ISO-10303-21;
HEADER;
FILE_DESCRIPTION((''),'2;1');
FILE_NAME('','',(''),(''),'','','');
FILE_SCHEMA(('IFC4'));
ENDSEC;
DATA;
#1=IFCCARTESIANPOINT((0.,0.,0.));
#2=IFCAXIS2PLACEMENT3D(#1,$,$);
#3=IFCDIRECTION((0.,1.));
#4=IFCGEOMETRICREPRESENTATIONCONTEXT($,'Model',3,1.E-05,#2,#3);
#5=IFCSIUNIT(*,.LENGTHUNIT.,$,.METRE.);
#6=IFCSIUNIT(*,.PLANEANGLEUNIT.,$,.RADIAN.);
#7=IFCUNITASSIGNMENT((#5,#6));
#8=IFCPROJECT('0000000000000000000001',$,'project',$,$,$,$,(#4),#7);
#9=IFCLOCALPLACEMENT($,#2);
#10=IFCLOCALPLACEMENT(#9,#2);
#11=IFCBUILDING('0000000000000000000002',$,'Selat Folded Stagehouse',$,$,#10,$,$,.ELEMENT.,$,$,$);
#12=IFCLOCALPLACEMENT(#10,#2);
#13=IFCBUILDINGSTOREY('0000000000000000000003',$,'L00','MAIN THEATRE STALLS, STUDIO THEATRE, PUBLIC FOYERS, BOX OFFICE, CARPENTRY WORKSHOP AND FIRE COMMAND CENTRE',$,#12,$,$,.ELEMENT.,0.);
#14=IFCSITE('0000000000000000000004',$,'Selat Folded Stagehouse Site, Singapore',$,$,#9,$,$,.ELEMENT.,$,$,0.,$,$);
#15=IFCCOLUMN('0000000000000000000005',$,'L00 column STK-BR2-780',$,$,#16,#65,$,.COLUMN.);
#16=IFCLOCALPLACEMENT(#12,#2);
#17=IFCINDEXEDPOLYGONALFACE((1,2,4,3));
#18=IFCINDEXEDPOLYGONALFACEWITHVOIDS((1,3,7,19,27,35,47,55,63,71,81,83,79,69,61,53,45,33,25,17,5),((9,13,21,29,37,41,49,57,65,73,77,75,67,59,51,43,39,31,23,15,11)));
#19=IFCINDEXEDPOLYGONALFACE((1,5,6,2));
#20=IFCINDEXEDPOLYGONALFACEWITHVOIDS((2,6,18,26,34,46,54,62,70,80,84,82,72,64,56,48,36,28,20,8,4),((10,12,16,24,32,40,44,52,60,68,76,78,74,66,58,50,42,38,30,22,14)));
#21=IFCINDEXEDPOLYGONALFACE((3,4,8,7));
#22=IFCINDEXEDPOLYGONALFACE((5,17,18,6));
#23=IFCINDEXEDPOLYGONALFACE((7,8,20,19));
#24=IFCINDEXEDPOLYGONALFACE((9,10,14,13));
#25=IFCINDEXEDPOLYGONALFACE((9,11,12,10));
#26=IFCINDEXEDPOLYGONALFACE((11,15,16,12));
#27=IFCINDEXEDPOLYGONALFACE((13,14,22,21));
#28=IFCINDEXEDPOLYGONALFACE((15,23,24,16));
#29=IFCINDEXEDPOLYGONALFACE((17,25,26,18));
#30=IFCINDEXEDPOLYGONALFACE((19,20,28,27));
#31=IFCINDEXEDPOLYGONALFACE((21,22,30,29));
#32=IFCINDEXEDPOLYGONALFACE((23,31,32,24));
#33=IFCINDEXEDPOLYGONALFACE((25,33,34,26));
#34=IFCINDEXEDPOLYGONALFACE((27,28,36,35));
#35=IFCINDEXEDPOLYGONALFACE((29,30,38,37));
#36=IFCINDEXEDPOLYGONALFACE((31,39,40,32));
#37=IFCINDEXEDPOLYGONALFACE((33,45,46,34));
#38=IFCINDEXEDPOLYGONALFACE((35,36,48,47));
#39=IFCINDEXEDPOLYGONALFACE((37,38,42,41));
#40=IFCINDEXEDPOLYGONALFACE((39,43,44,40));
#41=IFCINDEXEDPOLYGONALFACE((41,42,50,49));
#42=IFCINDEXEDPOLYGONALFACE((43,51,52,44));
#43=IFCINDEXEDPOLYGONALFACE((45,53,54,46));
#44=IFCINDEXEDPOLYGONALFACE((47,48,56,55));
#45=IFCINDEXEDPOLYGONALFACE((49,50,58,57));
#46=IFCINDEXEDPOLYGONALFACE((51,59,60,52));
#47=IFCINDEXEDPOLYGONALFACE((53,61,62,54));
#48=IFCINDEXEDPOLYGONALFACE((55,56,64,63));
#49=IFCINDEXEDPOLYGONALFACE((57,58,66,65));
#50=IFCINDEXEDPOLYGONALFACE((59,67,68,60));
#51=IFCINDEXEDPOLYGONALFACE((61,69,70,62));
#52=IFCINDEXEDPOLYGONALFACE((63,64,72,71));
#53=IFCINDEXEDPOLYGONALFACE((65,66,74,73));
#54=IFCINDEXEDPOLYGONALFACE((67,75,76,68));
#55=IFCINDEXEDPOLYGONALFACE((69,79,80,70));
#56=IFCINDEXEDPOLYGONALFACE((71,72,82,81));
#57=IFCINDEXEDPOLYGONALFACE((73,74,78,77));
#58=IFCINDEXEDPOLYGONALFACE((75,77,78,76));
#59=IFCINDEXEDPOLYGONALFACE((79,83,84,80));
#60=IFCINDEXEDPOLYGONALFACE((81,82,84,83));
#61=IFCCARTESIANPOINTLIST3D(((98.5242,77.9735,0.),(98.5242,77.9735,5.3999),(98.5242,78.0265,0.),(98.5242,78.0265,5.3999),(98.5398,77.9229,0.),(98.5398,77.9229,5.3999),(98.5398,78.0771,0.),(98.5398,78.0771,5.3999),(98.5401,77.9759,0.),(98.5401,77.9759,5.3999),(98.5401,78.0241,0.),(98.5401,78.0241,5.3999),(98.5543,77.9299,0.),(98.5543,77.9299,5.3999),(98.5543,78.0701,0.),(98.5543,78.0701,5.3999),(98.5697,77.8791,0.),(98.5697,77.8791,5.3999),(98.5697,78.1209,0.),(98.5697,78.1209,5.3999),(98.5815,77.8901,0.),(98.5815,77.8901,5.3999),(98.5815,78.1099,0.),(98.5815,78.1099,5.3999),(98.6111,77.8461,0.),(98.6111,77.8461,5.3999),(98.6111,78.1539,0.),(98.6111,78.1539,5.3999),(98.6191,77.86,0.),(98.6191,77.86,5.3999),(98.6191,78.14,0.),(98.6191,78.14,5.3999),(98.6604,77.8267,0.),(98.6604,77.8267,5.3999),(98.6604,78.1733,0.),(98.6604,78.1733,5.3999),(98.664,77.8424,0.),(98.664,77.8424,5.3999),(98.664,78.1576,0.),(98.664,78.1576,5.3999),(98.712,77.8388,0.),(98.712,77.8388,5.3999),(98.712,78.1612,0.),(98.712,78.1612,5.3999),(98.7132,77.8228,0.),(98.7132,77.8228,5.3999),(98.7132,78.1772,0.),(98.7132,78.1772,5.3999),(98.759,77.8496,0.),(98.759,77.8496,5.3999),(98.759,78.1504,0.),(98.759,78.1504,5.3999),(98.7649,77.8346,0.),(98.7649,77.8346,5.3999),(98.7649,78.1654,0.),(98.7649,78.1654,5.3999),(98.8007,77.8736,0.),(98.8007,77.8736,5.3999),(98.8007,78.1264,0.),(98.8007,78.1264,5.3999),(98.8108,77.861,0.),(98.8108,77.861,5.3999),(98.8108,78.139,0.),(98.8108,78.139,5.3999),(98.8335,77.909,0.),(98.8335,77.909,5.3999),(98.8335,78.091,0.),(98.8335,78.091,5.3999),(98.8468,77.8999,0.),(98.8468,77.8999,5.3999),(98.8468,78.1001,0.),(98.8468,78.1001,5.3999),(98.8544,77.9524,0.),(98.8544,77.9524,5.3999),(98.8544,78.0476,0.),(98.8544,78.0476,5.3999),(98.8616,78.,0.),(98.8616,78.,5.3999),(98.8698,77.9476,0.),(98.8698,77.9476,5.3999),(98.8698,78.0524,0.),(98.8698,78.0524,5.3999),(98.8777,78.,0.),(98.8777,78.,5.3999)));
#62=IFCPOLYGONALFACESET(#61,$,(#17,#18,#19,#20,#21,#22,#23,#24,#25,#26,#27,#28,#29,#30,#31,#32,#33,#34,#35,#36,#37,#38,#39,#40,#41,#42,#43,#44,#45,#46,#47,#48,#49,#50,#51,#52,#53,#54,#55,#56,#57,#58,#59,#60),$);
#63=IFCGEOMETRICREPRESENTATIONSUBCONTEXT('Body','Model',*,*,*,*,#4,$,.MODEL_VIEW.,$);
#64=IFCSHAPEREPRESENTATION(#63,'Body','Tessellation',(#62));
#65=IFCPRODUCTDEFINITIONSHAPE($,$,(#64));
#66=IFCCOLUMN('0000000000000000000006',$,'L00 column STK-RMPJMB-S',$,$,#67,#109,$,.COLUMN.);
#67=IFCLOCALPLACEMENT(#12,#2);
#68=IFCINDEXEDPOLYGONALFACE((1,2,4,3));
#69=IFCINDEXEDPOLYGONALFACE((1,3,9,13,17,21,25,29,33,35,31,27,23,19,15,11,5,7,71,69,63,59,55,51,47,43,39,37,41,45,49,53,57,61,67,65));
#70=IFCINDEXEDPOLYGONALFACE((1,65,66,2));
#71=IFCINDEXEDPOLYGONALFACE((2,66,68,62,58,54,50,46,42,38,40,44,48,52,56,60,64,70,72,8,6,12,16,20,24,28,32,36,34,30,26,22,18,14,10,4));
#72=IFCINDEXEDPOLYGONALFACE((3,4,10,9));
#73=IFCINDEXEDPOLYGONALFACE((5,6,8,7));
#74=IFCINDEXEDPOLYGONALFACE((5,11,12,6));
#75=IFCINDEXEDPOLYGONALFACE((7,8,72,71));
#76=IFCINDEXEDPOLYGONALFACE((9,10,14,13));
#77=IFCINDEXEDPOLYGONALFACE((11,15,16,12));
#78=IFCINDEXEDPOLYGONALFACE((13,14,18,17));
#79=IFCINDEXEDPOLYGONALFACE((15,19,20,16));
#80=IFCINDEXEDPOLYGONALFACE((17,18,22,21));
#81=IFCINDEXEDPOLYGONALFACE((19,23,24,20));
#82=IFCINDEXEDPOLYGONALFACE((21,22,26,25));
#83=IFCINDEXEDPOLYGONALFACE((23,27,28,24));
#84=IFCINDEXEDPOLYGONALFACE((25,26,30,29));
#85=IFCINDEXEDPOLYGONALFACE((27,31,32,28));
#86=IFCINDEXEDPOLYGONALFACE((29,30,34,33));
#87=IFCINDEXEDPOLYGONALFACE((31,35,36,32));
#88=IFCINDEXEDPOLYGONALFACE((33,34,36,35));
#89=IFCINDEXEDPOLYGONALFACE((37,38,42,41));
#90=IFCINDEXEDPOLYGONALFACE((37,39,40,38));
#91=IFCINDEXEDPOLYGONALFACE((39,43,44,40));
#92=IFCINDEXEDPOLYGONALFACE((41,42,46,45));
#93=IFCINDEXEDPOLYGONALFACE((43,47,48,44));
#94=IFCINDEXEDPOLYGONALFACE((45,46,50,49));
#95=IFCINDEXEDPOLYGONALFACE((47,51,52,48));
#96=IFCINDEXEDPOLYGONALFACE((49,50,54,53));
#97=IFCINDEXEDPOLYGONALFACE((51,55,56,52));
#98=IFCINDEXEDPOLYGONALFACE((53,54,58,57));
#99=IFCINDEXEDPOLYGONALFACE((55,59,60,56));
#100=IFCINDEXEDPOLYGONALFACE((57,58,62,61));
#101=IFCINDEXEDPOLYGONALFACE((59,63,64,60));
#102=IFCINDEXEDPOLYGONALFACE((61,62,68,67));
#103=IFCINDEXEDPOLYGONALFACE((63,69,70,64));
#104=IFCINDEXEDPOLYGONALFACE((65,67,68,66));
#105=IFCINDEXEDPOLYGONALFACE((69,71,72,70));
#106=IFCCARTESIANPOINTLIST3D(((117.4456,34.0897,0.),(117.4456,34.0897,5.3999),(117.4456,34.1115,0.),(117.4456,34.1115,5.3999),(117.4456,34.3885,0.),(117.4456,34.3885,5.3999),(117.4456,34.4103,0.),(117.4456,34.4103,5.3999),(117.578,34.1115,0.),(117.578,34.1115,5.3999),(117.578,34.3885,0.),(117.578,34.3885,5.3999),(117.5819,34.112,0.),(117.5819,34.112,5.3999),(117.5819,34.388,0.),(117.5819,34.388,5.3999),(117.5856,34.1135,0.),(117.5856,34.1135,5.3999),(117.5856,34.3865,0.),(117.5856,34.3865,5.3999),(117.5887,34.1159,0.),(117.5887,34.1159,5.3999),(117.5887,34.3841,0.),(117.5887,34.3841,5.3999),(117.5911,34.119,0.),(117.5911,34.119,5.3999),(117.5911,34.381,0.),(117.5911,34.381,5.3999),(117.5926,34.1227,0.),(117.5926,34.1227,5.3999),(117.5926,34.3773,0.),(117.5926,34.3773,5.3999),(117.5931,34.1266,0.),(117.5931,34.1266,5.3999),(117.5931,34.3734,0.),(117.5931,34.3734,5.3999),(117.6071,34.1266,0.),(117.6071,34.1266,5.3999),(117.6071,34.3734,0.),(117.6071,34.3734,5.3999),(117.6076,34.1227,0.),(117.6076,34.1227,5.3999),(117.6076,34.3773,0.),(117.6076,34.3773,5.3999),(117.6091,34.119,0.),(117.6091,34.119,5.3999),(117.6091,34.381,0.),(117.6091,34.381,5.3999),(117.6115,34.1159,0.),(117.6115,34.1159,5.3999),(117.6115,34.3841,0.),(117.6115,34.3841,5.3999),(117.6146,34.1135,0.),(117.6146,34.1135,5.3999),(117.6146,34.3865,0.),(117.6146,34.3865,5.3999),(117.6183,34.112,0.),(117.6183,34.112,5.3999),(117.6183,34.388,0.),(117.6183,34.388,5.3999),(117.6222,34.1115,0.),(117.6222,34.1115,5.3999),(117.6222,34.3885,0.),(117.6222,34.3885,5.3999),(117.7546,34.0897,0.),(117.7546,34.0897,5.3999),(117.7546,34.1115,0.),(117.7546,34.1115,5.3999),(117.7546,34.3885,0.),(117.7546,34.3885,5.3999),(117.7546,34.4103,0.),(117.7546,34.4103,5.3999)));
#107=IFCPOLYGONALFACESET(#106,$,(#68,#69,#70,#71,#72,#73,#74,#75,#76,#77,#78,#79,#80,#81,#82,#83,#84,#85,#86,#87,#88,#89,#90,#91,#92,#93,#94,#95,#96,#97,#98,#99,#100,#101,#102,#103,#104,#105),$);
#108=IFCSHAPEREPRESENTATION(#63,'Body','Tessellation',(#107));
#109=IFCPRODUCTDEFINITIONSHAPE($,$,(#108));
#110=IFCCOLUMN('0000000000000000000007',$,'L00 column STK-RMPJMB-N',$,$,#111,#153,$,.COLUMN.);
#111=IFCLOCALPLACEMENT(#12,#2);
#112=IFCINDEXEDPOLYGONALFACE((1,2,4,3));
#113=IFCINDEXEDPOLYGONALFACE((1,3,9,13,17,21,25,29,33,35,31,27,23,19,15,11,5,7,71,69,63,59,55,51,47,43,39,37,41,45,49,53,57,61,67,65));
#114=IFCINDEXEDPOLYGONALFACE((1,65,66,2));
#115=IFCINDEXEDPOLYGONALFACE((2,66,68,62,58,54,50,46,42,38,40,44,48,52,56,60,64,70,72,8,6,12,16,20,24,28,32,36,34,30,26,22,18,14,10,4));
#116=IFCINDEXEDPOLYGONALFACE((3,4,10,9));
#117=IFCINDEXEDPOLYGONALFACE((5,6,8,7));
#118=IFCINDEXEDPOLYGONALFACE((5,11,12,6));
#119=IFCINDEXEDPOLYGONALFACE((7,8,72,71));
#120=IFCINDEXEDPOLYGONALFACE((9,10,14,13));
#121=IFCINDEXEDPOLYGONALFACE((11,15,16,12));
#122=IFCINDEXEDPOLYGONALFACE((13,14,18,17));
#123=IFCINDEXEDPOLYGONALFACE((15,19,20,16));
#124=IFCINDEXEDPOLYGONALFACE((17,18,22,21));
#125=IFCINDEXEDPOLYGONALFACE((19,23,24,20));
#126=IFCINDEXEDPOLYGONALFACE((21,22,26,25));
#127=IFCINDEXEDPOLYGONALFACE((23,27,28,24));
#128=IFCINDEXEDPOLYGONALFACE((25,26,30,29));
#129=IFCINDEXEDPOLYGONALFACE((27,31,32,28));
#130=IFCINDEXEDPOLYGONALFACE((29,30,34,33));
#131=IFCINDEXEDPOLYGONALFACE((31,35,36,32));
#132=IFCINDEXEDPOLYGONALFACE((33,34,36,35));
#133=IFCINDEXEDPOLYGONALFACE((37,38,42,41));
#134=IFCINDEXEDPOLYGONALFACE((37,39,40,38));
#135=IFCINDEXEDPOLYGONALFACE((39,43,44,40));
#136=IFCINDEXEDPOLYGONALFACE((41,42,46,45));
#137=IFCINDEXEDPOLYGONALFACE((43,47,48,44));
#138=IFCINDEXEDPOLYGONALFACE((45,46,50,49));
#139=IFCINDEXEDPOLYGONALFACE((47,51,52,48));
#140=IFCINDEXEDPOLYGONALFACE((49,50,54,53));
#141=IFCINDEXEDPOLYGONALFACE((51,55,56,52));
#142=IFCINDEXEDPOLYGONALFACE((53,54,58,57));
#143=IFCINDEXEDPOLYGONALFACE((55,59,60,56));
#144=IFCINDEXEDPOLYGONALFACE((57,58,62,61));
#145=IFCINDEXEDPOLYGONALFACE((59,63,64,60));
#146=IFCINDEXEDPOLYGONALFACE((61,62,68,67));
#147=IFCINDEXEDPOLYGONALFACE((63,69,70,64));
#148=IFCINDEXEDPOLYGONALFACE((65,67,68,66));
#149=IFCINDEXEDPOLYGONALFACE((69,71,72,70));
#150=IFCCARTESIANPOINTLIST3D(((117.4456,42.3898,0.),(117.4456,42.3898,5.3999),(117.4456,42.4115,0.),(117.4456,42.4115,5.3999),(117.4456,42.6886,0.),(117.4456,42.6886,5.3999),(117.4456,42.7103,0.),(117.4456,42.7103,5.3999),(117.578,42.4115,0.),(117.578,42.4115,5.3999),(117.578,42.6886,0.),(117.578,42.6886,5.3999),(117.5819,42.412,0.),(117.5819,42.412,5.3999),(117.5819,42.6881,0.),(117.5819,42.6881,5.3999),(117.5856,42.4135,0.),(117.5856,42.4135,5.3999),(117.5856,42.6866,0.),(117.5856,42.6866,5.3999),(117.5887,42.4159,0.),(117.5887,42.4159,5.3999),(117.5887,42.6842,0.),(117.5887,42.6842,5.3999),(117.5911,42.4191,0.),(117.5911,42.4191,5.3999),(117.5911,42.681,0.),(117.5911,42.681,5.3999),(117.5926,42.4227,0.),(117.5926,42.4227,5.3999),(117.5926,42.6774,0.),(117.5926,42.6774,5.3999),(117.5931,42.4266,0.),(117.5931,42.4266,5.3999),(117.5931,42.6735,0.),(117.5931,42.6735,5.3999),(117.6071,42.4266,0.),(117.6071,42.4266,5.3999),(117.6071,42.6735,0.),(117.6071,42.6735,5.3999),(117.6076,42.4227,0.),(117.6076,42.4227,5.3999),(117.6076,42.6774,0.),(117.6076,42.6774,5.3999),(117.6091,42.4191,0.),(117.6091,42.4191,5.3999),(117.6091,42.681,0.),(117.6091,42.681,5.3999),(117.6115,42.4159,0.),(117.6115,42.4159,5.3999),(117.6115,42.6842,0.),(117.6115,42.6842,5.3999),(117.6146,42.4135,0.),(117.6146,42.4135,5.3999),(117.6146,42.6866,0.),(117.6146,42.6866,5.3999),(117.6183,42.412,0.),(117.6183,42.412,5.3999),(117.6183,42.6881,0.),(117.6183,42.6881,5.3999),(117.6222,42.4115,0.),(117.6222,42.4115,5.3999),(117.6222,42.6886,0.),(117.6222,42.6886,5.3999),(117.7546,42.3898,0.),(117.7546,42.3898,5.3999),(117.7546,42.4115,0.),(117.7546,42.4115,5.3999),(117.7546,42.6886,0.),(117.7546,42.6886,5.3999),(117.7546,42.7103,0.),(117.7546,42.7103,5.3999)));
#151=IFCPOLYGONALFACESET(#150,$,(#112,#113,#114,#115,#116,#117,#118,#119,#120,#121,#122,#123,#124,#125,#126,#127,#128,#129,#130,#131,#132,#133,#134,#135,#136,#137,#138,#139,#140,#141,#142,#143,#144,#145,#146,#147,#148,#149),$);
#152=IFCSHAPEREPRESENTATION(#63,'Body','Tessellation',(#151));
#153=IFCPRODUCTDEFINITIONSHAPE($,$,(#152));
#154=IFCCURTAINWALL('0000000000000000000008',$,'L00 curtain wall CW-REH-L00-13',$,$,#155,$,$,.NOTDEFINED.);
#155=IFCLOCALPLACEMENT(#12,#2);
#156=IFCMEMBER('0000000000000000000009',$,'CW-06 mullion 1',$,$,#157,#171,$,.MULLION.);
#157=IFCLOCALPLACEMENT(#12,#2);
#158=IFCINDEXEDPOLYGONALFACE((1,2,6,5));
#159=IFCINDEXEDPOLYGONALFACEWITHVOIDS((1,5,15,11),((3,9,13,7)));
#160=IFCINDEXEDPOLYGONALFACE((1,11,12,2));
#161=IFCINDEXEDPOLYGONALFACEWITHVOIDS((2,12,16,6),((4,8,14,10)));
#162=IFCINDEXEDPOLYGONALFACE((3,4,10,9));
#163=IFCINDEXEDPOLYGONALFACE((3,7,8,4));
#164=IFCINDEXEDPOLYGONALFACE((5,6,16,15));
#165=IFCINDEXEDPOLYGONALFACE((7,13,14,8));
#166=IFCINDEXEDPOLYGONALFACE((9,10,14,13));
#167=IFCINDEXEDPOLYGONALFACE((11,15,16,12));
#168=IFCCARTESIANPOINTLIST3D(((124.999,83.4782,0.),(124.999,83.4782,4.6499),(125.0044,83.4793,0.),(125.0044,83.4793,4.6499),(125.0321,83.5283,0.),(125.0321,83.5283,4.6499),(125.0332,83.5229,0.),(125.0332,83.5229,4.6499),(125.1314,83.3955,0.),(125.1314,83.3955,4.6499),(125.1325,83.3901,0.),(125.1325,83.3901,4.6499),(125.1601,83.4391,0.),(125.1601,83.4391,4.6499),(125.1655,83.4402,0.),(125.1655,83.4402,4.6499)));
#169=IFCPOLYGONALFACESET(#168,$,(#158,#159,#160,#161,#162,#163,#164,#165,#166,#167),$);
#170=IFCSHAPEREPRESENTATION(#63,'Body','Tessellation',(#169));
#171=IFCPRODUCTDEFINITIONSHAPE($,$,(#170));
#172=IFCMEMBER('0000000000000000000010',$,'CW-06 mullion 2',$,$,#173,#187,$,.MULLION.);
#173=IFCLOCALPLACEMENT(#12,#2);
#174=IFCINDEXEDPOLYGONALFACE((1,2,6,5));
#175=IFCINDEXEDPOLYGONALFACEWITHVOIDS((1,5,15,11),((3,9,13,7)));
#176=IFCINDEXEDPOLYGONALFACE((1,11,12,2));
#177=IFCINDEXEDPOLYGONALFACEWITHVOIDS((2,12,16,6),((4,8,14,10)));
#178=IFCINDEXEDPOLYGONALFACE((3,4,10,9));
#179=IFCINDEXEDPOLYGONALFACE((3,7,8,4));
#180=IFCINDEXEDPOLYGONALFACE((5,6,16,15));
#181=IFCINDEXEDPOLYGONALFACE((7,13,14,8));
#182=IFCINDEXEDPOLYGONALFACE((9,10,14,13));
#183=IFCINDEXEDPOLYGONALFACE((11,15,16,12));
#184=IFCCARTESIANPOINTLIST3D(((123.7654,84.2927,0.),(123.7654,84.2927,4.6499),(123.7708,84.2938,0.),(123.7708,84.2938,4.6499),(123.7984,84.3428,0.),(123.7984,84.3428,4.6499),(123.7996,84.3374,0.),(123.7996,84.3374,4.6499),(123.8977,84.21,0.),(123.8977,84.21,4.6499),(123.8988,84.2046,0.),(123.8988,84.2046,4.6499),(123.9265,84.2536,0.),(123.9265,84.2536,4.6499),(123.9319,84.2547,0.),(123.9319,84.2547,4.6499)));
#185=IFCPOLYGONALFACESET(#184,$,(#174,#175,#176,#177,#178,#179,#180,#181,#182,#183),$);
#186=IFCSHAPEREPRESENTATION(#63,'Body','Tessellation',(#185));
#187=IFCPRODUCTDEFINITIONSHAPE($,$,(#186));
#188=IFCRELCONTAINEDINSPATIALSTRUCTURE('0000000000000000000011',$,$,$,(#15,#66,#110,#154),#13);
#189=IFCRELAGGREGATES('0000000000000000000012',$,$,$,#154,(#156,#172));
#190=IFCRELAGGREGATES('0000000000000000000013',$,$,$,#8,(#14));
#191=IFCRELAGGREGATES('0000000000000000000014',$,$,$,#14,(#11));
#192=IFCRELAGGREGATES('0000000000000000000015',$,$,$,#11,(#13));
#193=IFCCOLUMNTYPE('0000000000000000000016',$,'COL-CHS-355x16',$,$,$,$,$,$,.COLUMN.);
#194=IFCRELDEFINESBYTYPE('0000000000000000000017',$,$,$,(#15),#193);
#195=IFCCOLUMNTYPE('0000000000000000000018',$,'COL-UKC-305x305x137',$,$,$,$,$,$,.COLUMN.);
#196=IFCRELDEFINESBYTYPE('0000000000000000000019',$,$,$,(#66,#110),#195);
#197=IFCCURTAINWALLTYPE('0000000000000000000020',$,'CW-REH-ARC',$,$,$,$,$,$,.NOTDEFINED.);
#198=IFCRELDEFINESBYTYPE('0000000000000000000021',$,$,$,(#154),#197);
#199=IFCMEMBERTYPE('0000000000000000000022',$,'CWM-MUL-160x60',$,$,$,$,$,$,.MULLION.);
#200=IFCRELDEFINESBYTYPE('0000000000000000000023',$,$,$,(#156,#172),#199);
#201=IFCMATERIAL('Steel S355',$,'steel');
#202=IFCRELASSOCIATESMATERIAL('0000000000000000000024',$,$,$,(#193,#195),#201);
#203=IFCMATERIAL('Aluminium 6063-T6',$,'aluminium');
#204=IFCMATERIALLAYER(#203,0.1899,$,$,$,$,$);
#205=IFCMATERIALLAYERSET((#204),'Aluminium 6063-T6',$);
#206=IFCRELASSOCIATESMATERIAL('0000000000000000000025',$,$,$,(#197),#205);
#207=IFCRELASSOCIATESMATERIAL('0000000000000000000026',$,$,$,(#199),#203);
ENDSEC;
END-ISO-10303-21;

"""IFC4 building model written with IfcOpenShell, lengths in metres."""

from ifc_helpers import new_model, si_unit, direction, frame, origin, origin_2d, place, context, subcontext, project, spatial, hollow_rectangle, hollow_circle, i_section, extrude, material, layer, layer_set, material_profile, profile_set, type_object, element, aggregate, save


model = new_model("IFC4")

# Units and contexts
model_context = context("Model", 3, precision=1e-05, world=origin(), true_north=direction((0.0, 1.0)))
body_context = subcontext(model_context, "Body", "Model", "MODEL_VIEW")
ifc_project = project(units=[si_unit("LENGTHUNIT", "METRE"), si_unit("PLANEANGLEUNIT", "RADIAN")], contexts=[model_context])

# Site, building, storey
site_placement = place(None, origin())
site = spatial("IfcSite", under=ifc_project, at=site_placement, Name="Selat Folded Stagehouse Site, Singapore", CompositionType="ELEMENT", RefElevation=0.0)
building_placement = place(site_placement, origin())
building = spatial("IfcBuilding", under=site, at=building_placement, Name="Selat Folded Stagehouse", CompositionType="ELEMENT")
storey_placement = place(building_placement, origin())
storey = spatial("IfcBuildingStorey", under=building, at=storey_placement, Name="L00", Description="MAIN THEATRE STALLS, STUDIO THEATRE, PUBLIC FOYERS, BOX OFFICE, CARPENTRY WORKSHOP AND FIRE COMMAND CENTRE", CompositionType="ELEMENT", Elevation=0.0)

# Columns
ifc_material_1 = material(Name="Steel S355", Category="steel")
ifc_material_profile_1 = material_profile(ifc_material_1, hollow_circle(Radius=0.1777, WallThickness=0.0161, at=origin_2d()), Name="CHS 355.6x16.0")
ifc_profile_set_1 = profile_set([ifc_material_profile_1], Name="Steel S355")
column_type_1 = type_object("IfcColumnType", Name="COL-CHS-355x16", PredefinedType="COLUMN", material=ifc_profile_set_1)
for number, where, z_axis, x_axis, name in (
    (1, (98.7, 78.0, 0.0), (0.0, 0.0, 1.0), (1.0, 0.0, 0.0), "L00 column STK-BR2-780"),
):
    element("IfcColumn", number, at=place(storey_placement, frame(where, z_axis=z_axis, x_axis=x_axis)), inside=storey, type_object=column_type_1, Name=name, PredefinedType="COLUMN", context=body_context, shape_type="SweptSolid", body=[
        extrude(hollow_circle(Radius=0.1777, WallThickness=0.0161, at=origin_2d()), origin(), (0.0, 0.0, 1.0), 5.3999),
    ])
ifc_material_profile_2 = material_profile(ifc_material_1, i_section(OverallWidth=0.3091, OverallDepth=0.3206, WebThickness=0.0139, FlangeThickness=0.0217, FilletRadius=0.0151, at=origin_2d()), Name="UKC 305x305x137")
ifc_profile_set_2 = profile_set([ifc_material_profile_2], Name="Steel S355")
column_type_2 = type_object("IfcColumnType", Name="COL-UKC-305x305x137", PredefinedType="COLUMN", material=ifc_profile_set_2)
for number, where, z_axis, x_axis, name in (
    (2, (117.6001, 34.25, 0.0), (0.0, 0.0, 1.0), (1.0, 0.0, 0.0), "L00 column STK-RMPJMB-S"),
    (3, (117.6001, 42.55, 0.0), (0.0, 0.0, 1.0), (1.0, 0.0, 0.0), "L00 column STK-RMPJMB-N"),
):
    element("IfcColumn", number, at=place(storey_placement, frame(where, z_axis=z_axis, x_axis=x_axis)), inside=storey, type_object=column_type_2, Name=name, PredefinedType="COLUMN", context=body_context, shape_type="SweptSolid", body=[
        extrude(i_section(OverallWidth=0.3091, OverallDepth=0.3206, WebThickness=0.0139, FlangeThickness=0.0217, FilletRadius=0.0151, at=origin_2d()), origin(), (0.0, 0.0, 1.0), 5.3999),
    ])

# Curtain wall, members
ifc_material_2 = material(Name="Aluminium 6063-T6", Category="aluminium")
ifc_layer_1 = layer(ifc_material_2, 0.1899)
ifc_layer_set_1 = layer_set([ifc_layer_1], Name="Aluminium 6063-T6")
curtain_wall_type = type_object("IfcCurtainWallType", Name="CW-REH-ARC", PredefinedType="NOTDEFINED", material=ifc_layer_set_1)
curtain_wall_placement = place(storey_placement, origin())
curtain_wall = element("IfcCurtainWall", 4, at=curtain_wall_placement, inside=storey, type_object=curtain_wall_type, Name="L00 curtain wall CW-REH-L00-13", PredefinedType="NOTDEFINED")
ifc_material_profile_3 = material_profile(ifc_material_2, hollow_rectangle(XDim=0.0601, YDim=0.1599, WallThickness=0.0039, at=origin_2d()), Name="ALU 160x60x4.0")
ifc_profile_set_3 = profile_set([ifc_material_profile_3], Name="Aluminium 6063-T6")
member_type_1 = type_object("IfcMemberType", Name="CWM-MUL-160x60", PredefinedType="MULLION", material=ifc_profile_set_3)
member_1_placement = place(storey_placement, frame((125.0823, 83.4592, 0.0), z_axis=(0.0, 0.0, 1.0), x_axis=(-0.550885, -0.834581, 0.0)))
member_1 = element("IfcMember", 5, at=member_1_placement, type_object=member_type_1, Name="CW-06 mullion 1", PredefinedType="MULLION", context=body_context, shape_type="SweptSolid", body=[
    extrude(hollow_rectangle(XDim=0.0601, YDim=0.1599, WallThickness=0.0039, at=origin_2d()), origin(), (0.0, 0.0, 1.0), 4.6499),
])
member_2_placement = place(storey_placement, frame((123.8486, 84.2737, 0.0), z_axis=(0.0, 0.0, 1.0), x_axis=(-0.550885, -0.834581, 0.0)))
member_2 = element("IfcMember", 6, at=member_2_placement, type_object=member_type_1, Name="CW-06 mullion 2", PredefinedType="MULLION", context=body_context, shape_type="SweptSolid", body=[
    extrude(hollow_rectangle(XDim=0.0601, YDim=0.1599, WallThickness=0.0039, at=origin_2d()), origin(), (0.0, 0.0, 1.0), 4.6499),
])

aggregate(curtain_wall, [member_1, member_2])

save(model, "model.ifc")
